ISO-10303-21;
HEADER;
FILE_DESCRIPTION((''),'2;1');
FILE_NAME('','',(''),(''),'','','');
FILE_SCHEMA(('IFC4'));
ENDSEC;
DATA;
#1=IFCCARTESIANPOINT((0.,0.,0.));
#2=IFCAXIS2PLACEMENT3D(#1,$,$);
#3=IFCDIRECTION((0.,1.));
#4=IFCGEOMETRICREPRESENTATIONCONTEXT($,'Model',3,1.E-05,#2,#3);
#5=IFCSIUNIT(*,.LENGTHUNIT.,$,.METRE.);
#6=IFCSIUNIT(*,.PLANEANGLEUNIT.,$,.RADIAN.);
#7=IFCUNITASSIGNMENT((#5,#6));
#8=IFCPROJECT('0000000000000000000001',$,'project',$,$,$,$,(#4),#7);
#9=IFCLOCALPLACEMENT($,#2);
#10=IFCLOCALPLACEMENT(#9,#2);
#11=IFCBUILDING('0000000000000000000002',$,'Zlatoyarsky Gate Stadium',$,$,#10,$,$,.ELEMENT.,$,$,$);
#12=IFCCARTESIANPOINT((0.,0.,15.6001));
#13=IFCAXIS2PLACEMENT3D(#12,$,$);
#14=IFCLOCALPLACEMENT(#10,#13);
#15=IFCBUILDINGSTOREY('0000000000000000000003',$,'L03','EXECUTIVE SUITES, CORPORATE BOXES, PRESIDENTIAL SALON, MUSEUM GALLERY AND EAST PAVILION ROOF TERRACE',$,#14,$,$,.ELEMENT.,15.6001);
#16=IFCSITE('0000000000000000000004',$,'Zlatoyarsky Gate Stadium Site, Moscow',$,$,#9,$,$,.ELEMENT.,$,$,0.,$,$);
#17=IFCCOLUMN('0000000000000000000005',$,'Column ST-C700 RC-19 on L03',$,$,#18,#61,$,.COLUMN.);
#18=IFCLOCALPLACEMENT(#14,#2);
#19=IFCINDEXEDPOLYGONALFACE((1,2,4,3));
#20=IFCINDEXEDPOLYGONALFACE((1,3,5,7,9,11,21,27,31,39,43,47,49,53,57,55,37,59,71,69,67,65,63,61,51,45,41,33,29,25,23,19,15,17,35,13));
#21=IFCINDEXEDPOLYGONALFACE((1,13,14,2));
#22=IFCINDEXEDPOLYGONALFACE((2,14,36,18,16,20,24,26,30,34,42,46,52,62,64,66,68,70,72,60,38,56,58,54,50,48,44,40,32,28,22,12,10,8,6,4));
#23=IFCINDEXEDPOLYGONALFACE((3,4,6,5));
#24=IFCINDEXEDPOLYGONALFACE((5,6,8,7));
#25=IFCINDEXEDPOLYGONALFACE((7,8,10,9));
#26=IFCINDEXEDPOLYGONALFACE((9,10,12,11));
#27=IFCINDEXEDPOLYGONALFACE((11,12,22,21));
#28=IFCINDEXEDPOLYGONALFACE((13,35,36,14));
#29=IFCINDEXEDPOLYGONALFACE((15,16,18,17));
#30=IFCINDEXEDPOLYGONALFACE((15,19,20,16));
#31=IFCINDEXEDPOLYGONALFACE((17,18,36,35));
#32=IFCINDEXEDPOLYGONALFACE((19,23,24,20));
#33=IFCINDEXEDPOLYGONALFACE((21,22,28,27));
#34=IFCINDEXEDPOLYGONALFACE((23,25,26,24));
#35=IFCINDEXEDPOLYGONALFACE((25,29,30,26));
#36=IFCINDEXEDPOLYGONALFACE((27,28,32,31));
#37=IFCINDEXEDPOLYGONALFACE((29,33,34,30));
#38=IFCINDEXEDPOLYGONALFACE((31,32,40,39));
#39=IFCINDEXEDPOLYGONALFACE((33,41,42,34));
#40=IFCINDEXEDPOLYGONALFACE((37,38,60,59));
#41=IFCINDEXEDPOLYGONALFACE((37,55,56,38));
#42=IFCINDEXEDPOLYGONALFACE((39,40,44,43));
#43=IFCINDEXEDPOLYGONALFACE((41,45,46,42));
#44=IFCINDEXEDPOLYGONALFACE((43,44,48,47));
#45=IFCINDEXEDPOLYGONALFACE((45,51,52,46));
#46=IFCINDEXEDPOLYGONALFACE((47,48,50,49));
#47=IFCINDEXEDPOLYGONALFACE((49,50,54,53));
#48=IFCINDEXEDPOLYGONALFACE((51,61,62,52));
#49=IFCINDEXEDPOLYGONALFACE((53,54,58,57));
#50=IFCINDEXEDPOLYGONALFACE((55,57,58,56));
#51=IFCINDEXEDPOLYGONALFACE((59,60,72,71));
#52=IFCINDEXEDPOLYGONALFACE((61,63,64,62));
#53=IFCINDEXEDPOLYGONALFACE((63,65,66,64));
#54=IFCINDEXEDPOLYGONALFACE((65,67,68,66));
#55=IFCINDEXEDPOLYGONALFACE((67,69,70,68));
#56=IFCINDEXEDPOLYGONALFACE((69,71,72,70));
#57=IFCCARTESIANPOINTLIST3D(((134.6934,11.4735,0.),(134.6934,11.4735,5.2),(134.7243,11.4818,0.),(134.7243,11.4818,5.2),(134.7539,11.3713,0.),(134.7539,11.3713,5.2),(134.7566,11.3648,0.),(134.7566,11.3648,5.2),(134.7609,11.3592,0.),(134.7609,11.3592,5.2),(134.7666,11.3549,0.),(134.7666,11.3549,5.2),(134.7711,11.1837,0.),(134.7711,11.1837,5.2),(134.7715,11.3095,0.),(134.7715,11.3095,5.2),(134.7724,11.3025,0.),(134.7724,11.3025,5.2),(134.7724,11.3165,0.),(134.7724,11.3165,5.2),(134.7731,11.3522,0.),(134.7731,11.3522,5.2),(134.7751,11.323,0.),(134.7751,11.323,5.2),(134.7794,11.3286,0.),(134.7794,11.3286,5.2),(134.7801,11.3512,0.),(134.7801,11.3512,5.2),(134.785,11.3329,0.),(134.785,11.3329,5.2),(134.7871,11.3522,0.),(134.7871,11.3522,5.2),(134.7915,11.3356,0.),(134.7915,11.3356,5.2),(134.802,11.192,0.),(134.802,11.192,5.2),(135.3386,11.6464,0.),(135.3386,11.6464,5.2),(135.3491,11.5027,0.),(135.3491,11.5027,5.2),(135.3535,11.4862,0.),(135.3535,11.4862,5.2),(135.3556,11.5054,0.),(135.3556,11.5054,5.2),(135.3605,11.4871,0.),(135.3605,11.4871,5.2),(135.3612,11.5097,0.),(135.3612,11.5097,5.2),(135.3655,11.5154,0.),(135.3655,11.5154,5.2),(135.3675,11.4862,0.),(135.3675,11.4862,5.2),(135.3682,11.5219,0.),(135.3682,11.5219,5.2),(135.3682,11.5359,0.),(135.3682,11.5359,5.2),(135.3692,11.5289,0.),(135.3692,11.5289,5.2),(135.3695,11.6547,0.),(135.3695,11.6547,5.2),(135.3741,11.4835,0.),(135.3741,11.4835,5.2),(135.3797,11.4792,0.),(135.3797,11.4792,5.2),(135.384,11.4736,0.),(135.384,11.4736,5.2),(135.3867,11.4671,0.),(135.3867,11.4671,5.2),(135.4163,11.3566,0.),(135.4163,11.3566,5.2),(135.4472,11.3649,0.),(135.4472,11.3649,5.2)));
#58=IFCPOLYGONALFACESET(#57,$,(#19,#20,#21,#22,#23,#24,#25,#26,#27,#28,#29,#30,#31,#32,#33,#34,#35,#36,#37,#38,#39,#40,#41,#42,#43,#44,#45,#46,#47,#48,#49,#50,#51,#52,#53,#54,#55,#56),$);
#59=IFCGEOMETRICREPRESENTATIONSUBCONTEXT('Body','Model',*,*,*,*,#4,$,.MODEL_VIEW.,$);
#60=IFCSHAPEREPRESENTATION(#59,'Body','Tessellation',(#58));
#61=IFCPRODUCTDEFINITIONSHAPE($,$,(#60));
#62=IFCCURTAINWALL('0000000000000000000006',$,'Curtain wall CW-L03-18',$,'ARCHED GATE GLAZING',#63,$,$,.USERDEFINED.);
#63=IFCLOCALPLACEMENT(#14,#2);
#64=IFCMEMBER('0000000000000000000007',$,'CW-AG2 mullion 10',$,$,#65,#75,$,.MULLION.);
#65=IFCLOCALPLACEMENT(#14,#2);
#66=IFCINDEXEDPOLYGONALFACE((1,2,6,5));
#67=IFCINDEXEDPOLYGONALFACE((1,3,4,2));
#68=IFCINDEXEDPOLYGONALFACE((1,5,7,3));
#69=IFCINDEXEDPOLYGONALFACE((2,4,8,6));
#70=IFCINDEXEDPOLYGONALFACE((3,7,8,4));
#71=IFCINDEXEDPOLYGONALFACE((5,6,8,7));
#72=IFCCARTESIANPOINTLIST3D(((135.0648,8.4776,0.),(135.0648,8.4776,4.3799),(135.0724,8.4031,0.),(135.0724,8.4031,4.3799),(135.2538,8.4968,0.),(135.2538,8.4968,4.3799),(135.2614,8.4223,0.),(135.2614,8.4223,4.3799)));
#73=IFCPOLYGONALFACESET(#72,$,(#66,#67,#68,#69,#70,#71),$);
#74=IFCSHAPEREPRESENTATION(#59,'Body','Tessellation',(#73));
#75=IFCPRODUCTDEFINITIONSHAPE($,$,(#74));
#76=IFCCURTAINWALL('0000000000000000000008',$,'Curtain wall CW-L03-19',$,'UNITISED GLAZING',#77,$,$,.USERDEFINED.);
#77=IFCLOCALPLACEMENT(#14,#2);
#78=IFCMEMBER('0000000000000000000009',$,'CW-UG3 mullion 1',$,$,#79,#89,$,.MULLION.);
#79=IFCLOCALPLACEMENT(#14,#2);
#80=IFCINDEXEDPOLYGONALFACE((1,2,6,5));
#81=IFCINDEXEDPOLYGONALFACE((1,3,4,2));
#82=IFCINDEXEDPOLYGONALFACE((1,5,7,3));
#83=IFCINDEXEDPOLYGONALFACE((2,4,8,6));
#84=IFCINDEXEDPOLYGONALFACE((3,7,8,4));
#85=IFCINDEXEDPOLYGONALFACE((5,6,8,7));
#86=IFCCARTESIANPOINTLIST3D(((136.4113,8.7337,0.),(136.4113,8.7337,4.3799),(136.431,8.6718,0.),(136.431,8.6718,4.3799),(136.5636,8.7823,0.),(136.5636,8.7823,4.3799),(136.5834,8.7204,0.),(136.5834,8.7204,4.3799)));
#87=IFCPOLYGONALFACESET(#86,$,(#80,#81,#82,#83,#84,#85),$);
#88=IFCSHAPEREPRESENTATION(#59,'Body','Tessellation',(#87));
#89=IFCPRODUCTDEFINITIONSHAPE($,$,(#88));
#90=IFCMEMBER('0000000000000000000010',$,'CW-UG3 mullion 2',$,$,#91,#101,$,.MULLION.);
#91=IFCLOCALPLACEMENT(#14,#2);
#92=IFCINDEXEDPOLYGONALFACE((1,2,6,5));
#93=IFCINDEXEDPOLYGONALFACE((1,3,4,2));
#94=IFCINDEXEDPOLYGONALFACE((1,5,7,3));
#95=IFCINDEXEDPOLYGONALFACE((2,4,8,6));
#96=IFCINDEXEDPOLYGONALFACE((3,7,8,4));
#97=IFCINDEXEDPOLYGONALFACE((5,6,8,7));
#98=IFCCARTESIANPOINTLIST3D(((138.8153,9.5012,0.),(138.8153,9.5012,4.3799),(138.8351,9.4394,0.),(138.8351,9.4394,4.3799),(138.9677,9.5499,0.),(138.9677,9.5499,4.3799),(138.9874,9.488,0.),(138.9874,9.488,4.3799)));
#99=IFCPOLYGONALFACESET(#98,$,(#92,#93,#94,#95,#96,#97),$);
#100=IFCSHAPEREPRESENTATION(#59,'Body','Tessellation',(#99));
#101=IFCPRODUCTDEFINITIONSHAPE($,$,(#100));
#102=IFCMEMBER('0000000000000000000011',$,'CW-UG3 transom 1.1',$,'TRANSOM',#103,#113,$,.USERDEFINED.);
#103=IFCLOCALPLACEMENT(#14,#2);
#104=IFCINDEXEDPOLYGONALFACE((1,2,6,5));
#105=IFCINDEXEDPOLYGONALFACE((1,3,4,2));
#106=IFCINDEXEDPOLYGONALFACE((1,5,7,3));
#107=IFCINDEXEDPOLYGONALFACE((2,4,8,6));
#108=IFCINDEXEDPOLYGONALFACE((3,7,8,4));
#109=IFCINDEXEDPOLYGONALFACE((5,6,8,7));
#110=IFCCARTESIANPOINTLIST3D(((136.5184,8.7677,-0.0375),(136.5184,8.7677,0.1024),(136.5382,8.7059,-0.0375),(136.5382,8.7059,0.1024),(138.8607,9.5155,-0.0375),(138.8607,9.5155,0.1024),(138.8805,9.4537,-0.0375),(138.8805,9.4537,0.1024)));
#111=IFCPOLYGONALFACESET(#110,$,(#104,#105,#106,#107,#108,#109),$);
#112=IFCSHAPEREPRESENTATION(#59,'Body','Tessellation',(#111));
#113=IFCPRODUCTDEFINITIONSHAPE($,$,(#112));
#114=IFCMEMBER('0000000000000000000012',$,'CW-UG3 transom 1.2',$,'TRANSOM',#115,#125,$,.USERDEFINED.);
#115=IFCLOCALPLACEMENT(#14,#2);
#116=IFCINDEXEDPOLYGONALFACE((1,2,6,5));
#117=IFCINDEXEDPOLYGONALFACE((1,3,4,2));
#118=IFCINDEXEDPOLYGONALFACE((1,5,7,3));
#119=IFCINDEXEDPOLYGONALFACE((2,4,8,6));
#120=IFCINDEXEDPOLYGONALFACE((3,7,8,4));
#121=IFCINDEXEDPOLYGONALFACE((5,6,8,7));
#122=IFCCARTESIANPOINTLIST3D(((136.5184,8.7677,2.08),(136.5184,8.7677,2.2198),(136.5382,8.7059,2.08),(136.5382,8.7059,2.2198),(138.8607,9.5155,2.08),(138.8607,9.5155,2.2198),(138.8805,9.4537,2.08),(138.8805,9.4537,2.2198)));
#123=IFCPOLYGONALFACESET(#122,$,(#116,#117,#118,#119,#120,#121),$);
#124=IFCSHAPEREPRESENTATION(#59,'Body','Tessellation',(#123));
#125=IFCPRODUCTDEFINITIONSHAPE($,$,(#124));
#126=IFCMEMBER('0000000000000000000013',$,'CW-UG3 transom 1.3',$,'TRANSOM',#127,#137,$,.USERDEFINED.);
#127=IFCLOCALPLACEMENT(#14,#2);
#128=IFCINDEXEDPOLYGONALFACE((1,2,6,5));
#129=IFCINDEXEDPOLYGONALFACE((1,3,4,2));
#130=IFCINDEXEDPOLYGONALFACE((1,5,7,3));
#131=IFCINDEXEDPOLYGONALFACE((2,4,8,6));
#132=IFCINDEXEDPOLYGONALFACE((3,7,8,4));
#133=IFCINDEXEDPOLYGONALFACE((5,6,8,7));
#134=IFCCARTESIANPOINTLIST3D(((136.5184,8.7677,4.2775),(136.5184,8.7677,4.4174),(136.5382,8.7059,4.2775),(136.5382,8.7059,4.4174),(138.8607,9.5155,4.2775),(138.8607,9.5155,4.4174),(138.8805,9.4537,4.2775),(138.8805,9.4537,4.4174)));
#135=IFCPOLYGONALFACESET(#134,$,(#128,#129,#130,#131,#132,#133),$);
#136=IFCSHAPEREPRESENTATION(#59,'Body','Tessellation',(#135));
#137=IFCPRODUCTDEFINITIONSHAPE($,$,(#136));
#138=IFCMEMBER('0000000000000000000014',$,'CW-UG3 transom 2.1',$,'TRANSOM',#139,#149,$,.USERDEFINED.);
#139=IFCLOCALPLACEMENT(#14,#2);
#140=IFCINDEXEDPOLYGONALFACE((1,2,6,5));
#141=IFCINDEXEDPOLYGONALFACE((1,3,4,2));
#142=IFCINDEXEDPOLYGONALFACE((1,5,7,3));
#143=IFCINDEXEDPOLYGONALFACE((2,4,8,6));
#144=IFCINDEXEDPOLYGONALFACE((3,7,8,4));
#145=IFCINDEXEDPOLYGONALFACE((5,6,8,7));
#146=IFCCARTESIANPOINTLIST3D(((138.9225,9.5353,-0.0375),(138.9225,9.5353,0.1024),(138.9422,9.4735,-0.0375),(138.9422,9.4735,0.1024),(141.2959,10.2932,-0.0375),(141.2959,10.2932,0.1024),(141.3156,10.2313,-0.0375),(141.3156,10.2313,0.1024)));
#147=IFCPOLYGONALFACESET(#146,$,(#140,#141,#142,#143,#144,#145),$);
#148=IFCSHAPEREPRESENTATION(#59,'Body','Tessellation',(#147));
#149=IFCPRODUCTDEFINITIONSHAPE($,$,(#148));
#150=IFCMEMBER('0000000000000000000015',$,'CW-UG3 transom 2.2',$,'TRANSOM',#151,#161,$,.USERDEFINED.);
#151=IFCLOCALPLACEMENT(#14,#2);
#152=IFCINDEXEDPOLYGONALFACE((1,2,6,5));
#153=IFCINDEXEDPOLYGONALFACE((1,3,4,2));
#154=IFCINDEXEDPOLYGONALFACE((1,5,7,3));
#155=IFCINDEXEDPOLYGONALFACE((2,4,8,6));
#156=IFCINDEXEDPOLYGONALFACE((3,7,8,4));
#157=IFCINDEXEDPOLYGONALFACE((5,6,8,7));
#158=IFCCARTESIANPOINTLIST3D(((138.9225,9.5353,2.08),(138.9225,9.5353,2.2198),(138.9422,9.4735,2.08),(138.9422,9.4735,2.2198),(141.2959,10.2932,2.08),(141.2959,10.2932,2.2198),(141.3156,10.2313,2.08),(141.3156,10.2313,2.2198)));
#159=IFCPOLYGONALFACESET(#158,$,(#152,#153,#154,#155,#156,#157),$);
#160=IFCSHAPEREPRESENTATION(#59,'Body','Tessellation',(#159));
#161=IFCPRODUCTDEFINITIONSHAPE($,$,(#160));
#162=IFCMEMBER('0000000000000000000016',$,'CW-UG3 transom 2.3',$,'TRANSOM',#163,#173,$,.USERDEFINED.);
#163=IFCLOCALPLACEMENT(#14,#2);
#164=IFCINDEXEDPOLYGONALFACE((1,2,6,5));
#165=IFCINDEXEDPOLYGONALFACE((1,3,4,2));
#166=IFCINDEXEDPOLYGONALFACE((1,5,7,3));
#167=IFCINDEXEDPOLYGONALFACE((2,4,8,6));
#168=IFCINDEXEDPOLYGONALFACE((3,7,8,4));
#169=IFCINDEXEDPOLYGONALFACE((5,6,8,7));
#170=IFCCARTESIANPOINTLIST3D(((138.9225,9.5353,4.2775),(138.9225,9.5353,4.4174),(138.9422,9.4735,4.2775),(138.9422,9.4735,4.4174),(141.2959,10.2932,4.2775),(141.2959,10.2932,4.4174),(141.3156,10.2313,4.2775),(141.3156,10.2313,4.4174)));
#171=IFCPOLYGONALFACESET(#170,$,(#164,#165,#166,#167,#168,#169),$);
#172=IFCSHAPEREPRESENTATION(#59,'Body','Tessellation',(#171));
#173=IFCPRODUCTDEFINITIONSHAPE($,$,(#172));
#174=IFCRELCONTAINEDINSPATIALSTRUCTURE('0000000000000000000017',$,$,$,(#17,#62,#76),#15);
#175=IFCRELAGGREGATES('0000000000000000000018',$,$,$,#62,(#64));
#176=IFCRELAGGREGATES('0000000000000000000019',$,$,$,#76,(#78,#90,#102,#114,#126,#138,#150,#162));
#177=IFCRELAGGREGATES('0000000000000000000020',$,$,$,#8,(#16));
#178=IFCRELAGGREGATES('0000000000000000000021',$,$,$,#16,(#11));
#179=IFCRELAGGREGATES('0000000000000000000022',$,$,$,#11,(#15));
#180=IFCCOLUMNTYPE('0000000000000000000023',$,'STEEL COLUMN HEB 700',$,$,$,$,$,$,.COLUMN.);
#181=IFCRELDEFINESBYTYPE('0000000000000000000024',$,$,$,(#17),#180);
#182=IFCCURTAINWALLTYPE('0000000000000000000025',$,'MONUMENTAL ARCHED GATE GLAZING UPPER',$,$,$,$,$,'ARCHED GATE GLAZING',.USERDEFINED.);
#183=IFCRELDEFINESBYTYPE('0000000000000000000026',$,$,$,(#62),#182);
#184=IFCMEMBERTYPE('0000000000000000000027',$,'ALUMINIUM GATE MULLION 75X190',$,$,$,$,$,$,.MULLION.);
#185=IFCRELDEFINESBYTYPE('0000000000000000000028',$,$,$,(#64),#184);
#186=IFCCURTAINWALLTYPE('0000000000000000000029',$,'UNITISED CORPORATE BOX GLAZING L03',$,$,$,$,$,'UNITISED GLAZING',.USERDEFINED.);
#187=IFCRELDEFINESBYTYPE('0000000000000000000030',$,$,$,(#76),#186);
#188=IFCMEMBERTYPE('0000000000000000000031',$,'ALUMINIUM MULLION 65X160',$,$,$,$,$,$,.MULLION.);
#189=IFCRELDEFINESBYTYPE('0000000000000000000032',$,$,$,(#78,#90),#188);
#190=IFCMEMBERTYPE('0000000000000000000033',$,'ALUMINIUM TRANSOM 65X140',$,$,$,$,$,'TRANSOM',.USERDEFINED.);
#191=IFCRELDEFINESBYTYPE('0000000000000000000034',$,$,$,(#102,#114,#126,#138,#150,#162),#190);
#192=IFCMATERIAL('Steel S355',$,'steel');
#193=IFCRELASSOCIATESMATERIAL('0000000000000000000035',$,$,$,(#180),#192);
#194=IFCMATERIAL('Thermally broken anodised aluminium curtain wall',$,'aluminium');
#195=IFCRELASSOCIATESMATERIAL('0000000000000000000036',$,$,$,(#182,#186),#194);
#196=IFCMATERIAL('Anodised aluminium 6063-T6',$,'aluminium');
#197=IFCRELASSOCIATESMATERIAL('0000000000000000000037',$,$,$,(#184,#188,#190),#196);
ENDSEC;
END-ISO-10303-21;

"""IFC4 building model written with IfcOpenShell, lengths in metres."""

from ifc_helpers import new_model, si_unit, direction, frame, origin, origin_2d, place, context, subcontext, project, spatial, rectangle, i_section, extrude, material, material_profile, profile_set, type_object, element, aggregate, save


model = new_model("IFC4")

# Units and contexts
model_context = context("Model", 3, precision=1e-05, world=origin(), true_north=direction((0.0, 1.0)))
body_context = subcontext(model_context, "Body", "Model", "MODEL_VIEW")
ifc_project = project(units=[si_unit("LENGTHUNIT", "METRE"), si_unit("PLANEANGLEUNIT", "RADIAN")], contexts=[model_context])

# Site, building, storey
site_placement = place(None, origin())
site = spatial("IfcSite", under=ifc_project, at=site_placement, Name="Zlatoyarsky Gate Stadium Site, Moscow", CompositionType="ELEMENT", RefElevation=0.0)
building_placement = place(site_placement, origin())
building = spatial("IfcBuilding", under=site, at=building_placement, Name="Zlatoyarsky Gate Stadium", CompositionType="ELEMENT")
storey_placement = place(building_placement, frame((0.0, 0.0, 15.6001)))
storey = spatial("IfcBuildingStorey", under=building, at=storey_placement, Name="L03", Description="EXECUTIVE SUITES, CORPORATE BOXES, PRESIDENTIAL SALON, MUSEUM GALLERY AND EAST PAVILION ROOF TERRACE", CompositionType="ELEMENT", Elevation=15.6001)

# Column
ifc_material_1 = material(Name="Steel S355", Category="steel")
ifc_material_profile_1 = material_profile(ifc_material_1, i_section(OverallWidth=0.3, OverallDepth=0.7, WebThickness=0.0171, FlangeThickness=0.032, FilletRadius=0.0271, at=origin_2d()), Name="HEB 700")
ifc_profile_set_1 = profile_set([ifc_material_profile_1], Name="Steel S355")
column_type = type_object("IfcColumnType", Name="STEEL COLUMN HEB 700", PredefinedType="COLUMN", material=ifc_profile_set_1)
column_placement = place(storey_placement, frame((135.0703, 11.4192, 0.0), z_axis=(0.0, 0.0, 1.0), x_axis=(0.258819, -0.965926, 0.0)))
element("IfcColumn", 1, at=column_placement, inside=storey, type_object=column_type, Name="Column ST-C700 RC-19 on L03", PredefinedType="COLUMN", context=body_context, shape_type="SweptSolid", body=[
    extrude(i_section(OverallWidth=0.3, OverallDepth=0.7, WebThickness=0.0171, FlangeThickness=0.032, FilletRadius=0.0271, at=origin_2d()), origin(), (0.0, 0.0, 1.0), 5.2),
])

# Curtain wall, member
ifc_material_2 = material(Name="Thermally broken anodised aluminium curtain wall", Category="aluminium")
curtain_wall_type_1 = type_object("IfcCurtainWallType", Name="MONUMENTAL ARCHED GATE GLAZING UPPER", ElementType="ARCHED GATE GLAZING", PredefinedType="USERDEFINED", material=ifc_material_2)
curtain_wall_1_placement = place(storey_placement, origin())
curtain_wall_1 = element("IfcCurtainWall", 2, at=curtain_wall_1_placement, inside=storey, type_object=curtain_wall_type_1, Name="Curtain wall CW-L03-18", ObjectType="ARCHED GATE GLAZING", PredefinedType="USERDEFINED")
ifc_material_3 = material(Name="Anodised aluminium 6063-T6", Category="aluminium")
ifc_material_profile_2 = material_profile(ifc_material_3, rectangle(XDim=0.075, YDim=0.1899, at=origin_2d()), Name="ALU 75X190")
ifc_profile_set_2 = profile_set([ifc_material_profile_2], Name="Anodised aluminium 6063-T6")
member_type_1 = type_object("IfcMemberType", Name="ALUMINIUM GATE MULLION 75X190", PredefinedType="MULLION", material=ifc_profile_set_2)
member_1_placement = place(storey_placement, frame((135.1631, 8.45, 0.0), z_axis=(0.0, 0.0, 1.0), x_axis=(-0.100968, 0.99489, 0.0)))
member_1 = element("IfcMember", 3, at=member_1_placement, type_object=member_type_1, Name="CW-AG2 mullion 10", PredefinedType="MULLION", context=body_context, shape_type="SweptSolid", body=[
    extrude(rectangle(XDim=0.075, YDim=0.1899, at=origin_2d()), origin(), (0.0, 0.0, 1.0), 4.3799),
])

# Curtain wall, members
curtain_wall_type_2 = type_object("IfcCurtainWallType", Name="UNITISED CORPORATE BOX GLAZING L03", ElementType="UNITISED GLAZING", PredefinedType="USERDEFINED", material=ifc_material_2)
curtain_wall_2_placement = place(storey_placement, origin())
curtain_wall_2 = element("IfcCurtainWall", 4, at=curtain_wall_2_placement, inside=storey, type_object=curtain_wall_type_2, Name="Curtain wall CW-L03-19", ObjectType="UNITISED GLAZING", PredefinedType="USERDEFINED")
ifc_material_profile_3 = material_profile(ifc_material_3, rectangle(XDim=0.0649, YDim=0.1599, at=origin_2d()), Name="ALU 65X160")
ifc_profile_set_3 = profile_set([ifc_material_profile_3], Name="Anodised aluminium 6063-T6")
member_type_2 = type_object("IfcMemberType", Name="ALUMINIUM MULLION 65X160", PredefinedType="MULLION", material=ifc_profile_set_3)
member_2_placement = place(storey_placement, frame((136.4973, 8.7271, 0.0), z_axis=(0.0, 0.0, 1.0), x_axis=(-0.304162, 0.95262, 0.0)))
member_2 = element("IfcMember", 5, at=member_2_placement, type_object=member_type_2, Name="CW-UG3 mullion 1", PredefinedType="MULLION", context=body_context, shape_type="SweptSolid", body=[
    extrude(rectangle(XDim=0.0649, YDim=0.1599, at=origin_2d()), origin(), (0.0, 0.0, 1.0), 4.3799),
])
member_3_placement = place(storey_placement, frame((138.9014, 9.4946, 0.0), z_axis=(0.0, 0.0, 1.0), x_axis=(-0.304162, 0.95262, 0.0)))
member_3 = element("IfcMember", 6, at=member_3_placement, type_object=member_type_2, Name="CW-UG3 mullion 2", PredefinedType="MULLION", context=body_context, shape_type="SweptSolid", body=[
    extrude(rectangle(XDim=0.0649, YDim=0.1599, at=origin_2d()), origin(), (0.0, 0.0, 1.0), 4.3799),
])
ifc_material_profile_4 = material_profile(ifc_material_3, rectangle(XDim=0.0649, YDim=0.1399, at=origin_2d()), Name="ALU 65X140")
ifc_profile_set_4 = profile_set([ifc_material_profile_4], Name="Anodised aluminium 6063-T6")
member_type_3 = type_object("IfcMemberType", Name="ALUMINIUM TRANSOM 65X140", ElementType="TRANSOM", PredefinedType="USERDEFINED", material=ifc_profile_set_4)
member_4_placement = place(storey_placement, frame((136.5283, 8.7368, 0.0325), z_axis=(0.952628, 0.304138, 0.0), x_axis=(-0.304138, 0.952628, 0.0)))
member_4 = element("IfcMember", 7, at=member_4_placement, type_object=member_type_3, Name="CW-UG3 transom 1.1", ObjectType="TRANSOM", PredefinedType="USERDEFINED", context=body_context, shape_type="SweptSolid", body=[
    extrude(rectangle(XDim=0.0649, YDim=0.1399, at=origin_2d()), origin(), (0.0, 0.0, 1.0), 2.4587),
])
member_5_placement = place(storey_placement, frame((136.5283, 8.7368, 2.1499), z_axis=(0.952628, 0.304138, 0.0), x_axis=(-0.304138, 0.952628, 0.0)))
member_5 = element("IfcMember", 8, at=member_5_placement, type_object=member_type_3, Name="CW-UG3 transom 1.2", ObjectType="TRANSOM", PredefinedType="USERDEFINED", context=body_context, shape_type="SweptSolid", body=[
    extrude(rectangle(XDim=0.0649, YDim=0.1399, at=origin_2d()), origin(), (0.0, 0.0, 1.0), 2.4587),
])
member_6_placement = place(storey_placement, frame((136.5283, 8.7368, 4.3474), z_axis=(0.952628, 0.304138, 0.0), x_axis=(-0.304138, 0.952628, 0.0)))
member_6 = element("IfcMember", 9, at=member_6_placement, type_object=member_type_3, Name="CW-UG3 transom 1.3", ObjectType="TRANSOM", PredefinedType="USERDEFINED", context=body_context, shape_type="SweptSolid", body=[
    extrude(rectangle(XDim=0.0649, YDim=0.1399, at=origin_2d()), origin(), (0.0, 0.0, 1.0), 2.4587),
])
member_7_placement = place(storey_placement, frame((138.9324, 9.5044, 0.0325), z_axis=(0.952615, 0.304178, 0.0), x_axis=(-0.304178, 0.952615, 0.0)))
member_7 = element("IfcMember", 10, at=member_7_placement, type_object=member_type_3, Name="CW-UG3 transom 2.1", ObjectType="TRANSOM", PredefinedType="USERDEFINED", context=body_context, shape_type="SweptSolid", body=[
    extrude(rectangle(XDim=0.0649, YDim=0.1399, at=origin_2d()), origin(), (0.0, 0.0, 1.0), 2.4915),
])
member_8_placement = place(storey_placement, frame((138.9324, 9.5044, 2.1499), z_axis=(0.952615, 0.304178, 0.0), x_axis=(-0.304178, 0.952615, 0.0)))
member_8 = element("IfcMember", 11, at=member_8_placement, type_object=member_type_3, Name="CW-UG3 transom 2.2", ObjectType="TRANSOM", PredefinedType="USERDEFINED", context=body_context, shape_type="SweptSolid", body=[
    extrude(rectangle(XDim=0.0649, YDim=0.1399, at=origin_2d()), origin(), (0.0, 0.0, 1.0), 2.4915),
])
member_9_placement = place(storey_placement, frame((138.9324, 9.5044, 4.3474), z_axis=(0.952615, 0.304178, 0.0), x_axis=(-0.304178, 0.952615, 0.0)))
member_9 = element("IfcMember", 12, at=member_9_placement, type_object=member_type_3, Name="CW-UG3 transom 2.3", ObjectType="TRANSOM", PredefinedType="USERDEFINED", context=body_context, shape_type="SweptSolid", body=[
    extrude(rectangle(XDim=0.0649, YDim=0.1399, at=origin_2d()), origin(), (0.0, 0.0, 1.0), 2.4915),
])

aggregate(curtain_wall_1, [member_1])

aggregate(curtain_wall_2, [member_2, member_3, member_4, member_5, member_6, member_7, member_8, member_9])

save(model, "model.ifc")
